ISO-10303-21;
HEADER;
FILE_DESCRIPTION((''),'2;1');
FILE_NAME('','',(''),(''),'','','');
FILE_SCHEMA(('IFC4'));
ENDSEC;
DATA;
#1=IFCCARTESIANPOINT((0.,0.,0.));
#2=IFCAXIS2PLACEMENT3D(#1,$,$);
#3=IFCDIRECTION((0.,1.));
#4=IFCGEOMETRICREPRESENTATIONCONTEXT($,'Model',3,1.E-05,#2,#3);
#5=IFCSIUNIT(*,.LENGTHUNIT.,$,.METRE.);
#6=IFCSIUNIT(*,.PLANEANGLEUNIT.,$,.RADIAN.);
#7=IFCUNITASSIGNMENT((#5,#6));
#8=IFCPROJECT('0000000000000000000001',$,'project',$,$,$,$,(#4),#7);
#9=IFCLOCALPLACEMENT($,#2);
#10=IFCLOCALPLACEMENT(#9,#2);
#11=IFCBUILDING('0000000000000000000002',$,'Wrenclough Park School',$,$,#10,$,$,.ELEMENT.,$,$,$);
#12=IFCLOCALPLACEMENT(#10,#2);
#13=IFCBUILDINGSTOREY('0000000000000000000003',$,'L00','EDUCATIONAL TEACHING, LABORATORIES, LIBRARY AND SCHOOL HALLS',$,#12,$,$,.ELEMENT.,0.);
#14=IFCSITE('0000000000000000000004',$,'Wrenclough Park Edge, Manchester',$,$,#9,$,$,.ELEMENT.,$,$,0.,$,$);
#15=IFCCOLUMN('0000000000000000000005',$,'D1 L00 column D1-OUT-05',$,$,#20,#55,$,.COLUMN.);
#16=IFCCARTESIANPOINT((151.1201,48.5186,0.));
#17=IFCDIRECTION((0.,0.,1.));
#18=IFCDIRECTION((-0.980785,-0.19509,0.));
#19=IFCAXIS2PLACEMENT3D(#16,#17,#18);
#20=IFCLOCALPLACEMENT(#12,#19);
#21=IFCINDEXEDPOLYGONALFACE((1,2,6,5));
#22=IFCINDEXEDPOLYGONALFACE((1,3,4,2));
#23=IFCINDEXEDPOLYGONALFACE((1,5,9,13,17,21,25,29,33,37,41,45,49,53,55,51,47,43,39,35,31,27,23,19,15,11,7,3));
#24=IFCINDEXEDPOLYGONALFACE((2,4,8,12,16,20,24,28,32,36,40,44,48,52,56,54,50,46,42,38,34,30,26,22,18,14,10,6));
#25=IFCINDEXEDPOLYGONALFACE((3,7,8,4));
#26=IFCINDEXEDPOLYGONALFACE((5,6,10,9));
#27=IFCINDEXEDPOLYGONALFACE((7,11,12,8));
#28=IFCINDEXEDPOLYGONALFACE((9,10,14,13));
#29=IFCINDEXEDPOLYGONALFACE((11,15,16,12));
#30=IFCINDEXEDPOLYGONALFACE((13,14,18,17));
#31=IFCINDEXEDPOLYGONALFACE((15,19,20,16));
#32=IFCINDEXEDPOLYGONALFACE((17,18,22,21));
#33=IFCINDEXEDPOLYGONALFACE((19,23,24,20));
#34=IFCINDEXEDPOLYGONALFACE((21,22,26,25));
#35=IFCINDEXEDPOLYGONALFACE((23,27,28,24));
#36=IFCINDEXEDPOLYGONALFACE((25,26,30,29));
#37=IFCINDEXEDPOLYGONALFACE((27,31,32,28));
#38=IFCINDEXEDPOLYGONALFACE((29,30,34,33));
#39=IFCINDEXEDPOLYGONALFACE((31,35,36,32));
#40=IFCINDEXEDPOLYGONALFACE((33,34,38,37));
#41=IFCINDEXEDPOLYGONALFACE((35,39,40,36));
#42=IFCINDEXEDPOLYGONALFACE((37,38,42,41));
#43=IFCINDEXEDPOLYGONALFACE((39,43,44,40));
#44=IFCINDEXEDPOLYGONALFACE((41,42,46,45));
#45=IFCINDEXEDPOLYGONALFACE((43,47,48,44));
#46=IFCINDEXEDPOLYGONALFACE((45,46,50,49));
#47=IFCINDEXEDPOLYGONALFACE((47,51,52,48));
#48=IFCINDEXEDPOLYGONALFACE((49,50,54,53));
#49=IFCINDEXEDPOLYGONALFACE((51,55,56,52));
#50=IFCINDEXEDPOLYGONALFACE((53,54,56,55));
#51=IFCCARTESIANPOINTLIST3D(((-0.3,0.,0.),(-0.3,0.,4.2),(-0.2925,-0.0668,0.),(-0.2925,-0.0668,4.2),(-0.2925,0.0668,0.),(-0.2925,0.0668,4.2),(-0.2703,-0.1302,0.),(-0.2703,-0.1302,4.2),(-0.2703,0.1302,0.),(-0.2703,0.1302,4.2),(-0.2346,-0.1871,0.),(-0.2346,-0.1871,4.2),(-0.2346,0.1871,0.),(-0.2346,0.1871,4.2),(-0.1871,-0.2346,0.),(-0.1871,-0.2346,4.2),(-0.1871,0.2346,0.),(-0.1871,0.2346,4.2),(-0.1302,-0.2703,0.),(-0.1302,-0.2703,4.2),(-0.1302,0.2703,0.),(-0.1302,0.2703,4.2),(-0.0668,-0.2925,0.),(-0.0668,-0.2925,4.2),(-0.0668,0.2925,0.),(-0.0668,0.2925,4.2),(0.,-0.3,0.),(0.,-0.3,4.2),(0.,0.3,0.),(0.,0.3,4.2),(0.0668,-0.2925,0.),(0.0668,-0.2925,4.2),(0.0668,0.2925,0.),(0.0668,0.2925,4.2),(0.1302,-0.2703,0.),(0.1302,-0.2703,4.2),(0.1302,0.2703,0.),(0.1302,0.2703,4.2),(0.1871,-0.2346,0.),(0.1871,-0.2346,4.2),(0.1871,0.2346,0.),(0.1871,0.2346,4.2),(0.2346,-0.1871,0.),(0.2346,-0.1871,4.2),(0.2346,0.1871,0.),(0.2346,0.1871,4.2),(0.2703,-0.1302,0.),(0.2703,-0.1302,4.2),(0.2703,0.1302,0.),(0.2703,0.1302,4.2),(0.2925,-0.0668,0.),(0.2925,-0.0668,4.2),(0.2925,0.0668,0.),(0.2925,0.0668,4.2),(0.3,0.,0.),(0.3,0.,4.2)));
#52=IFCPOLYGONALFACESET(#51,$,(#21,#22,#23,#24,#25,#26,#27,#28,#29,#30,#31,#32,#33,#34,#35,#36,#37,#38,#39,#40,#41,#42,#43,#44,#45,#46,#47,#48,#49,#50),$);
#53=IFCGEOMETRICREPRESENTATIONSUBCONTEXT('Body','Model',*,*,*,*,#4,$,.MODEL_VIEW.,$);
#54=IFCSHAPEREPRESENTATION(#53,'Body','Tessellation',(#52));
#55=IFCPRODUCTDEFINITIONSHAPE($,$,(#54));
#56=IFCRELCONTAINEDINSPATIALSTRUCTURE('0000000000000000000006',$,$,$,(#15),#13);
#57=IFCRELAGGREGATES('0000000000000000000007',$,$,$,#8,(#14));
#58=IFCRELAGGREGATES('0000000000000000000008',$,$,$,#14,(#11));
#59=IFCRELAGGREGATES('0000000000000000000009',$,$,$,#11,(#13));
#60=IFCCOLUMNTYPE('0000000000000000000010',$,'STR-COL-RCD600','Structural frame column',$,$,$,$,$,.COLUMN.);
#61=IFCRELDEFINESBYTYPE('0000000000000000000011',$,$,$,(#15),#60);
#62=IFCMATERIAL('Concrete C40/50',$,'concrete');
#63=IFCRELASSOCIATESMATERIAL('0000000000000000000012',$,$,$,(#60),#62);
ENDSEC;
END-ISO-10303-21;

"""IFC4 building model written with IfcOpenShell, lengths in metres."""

from ifc_helpers import new_model, si_unit, direction, frame, origin, origin_2d, place, context, subcontext, project, spatial, circle, extrude, material, material_profile, profile_set, type_object, element, save


model = new_model("IFC4")

# Units and contexts
model_context = context("Model", 3, precision=1e-05, world=origin(), true_north=direction((0.0, 1.0)))
body_context = subcontext(model_context, "Body", "Model", "MODEL_VIEW")
ifc_project = project(units=[si_unit("LENGTHUNIT", "METRE"), si_unit("PLANEANGLEUNIT", "RADIAN")], contexts=[model_context])

# Site, building, storey
site_placement = place(None, origin())
site = spatial("IfcSite", under=ifc_project, at=site_placement, Name="Wrenclough Park Edge, Manchester", CompositionType="ELEMENT", RefElevation=0.0)
building_placement = place(site_placement, origin())
building = spatial("IfcBuilding", under=site, at=building_placement, Name="Wrenclough Park School", CompositionType="ELEMENT")
storey_placement = place(building_placement, origin())
storey = spatial("IfcBuildingStorey", under=building, at=storey_placement, Name="L00", Description="EDUCATIONAL TEACHING, LABORATORIES, LIBRARY AND SCHOOL HALLS", CompositionType="ELEMENT", Elevation=0.0)

# Column
ifc_material_1 = material(Name="Concrete C40/50", Category="concrete")
ifc_material_profile_1 = material_profile(ifc_material_1, circle(Radius=0.3, at=origin_2d()), Name="RC COL D600")
ifc_profile_set_1 = profile_set([ifc_material_profile_1], Name="Concrete C40/50")
column_type = type_object("IfcColumnType", Name="STR-COL-RCD600", Description="Structural frame column", PredefinedType="COLUMN", material=ifc_profile_set_1)
column_placement = place(storey_placement, frame((151.1201, 48.5186, 0.0), z_axis=(0.0, 0.0, 1.0), x_axis=(-0.980785, -0.19509, 0.0)))
element("IfcColumn", 1, at=column_placement, inside=storey, type_object=column_type, Name="D1 L00 column D1-OUT-05", PredefinedType="COLUMN", context=body_context, shape_type="SweptSolid", body=[
    extrude(circle(Radius=0.3, at=origin_2d()), origin(), (0.0, 0.0, 1.0), 4.2),
])

save(model, "model.ifc")
